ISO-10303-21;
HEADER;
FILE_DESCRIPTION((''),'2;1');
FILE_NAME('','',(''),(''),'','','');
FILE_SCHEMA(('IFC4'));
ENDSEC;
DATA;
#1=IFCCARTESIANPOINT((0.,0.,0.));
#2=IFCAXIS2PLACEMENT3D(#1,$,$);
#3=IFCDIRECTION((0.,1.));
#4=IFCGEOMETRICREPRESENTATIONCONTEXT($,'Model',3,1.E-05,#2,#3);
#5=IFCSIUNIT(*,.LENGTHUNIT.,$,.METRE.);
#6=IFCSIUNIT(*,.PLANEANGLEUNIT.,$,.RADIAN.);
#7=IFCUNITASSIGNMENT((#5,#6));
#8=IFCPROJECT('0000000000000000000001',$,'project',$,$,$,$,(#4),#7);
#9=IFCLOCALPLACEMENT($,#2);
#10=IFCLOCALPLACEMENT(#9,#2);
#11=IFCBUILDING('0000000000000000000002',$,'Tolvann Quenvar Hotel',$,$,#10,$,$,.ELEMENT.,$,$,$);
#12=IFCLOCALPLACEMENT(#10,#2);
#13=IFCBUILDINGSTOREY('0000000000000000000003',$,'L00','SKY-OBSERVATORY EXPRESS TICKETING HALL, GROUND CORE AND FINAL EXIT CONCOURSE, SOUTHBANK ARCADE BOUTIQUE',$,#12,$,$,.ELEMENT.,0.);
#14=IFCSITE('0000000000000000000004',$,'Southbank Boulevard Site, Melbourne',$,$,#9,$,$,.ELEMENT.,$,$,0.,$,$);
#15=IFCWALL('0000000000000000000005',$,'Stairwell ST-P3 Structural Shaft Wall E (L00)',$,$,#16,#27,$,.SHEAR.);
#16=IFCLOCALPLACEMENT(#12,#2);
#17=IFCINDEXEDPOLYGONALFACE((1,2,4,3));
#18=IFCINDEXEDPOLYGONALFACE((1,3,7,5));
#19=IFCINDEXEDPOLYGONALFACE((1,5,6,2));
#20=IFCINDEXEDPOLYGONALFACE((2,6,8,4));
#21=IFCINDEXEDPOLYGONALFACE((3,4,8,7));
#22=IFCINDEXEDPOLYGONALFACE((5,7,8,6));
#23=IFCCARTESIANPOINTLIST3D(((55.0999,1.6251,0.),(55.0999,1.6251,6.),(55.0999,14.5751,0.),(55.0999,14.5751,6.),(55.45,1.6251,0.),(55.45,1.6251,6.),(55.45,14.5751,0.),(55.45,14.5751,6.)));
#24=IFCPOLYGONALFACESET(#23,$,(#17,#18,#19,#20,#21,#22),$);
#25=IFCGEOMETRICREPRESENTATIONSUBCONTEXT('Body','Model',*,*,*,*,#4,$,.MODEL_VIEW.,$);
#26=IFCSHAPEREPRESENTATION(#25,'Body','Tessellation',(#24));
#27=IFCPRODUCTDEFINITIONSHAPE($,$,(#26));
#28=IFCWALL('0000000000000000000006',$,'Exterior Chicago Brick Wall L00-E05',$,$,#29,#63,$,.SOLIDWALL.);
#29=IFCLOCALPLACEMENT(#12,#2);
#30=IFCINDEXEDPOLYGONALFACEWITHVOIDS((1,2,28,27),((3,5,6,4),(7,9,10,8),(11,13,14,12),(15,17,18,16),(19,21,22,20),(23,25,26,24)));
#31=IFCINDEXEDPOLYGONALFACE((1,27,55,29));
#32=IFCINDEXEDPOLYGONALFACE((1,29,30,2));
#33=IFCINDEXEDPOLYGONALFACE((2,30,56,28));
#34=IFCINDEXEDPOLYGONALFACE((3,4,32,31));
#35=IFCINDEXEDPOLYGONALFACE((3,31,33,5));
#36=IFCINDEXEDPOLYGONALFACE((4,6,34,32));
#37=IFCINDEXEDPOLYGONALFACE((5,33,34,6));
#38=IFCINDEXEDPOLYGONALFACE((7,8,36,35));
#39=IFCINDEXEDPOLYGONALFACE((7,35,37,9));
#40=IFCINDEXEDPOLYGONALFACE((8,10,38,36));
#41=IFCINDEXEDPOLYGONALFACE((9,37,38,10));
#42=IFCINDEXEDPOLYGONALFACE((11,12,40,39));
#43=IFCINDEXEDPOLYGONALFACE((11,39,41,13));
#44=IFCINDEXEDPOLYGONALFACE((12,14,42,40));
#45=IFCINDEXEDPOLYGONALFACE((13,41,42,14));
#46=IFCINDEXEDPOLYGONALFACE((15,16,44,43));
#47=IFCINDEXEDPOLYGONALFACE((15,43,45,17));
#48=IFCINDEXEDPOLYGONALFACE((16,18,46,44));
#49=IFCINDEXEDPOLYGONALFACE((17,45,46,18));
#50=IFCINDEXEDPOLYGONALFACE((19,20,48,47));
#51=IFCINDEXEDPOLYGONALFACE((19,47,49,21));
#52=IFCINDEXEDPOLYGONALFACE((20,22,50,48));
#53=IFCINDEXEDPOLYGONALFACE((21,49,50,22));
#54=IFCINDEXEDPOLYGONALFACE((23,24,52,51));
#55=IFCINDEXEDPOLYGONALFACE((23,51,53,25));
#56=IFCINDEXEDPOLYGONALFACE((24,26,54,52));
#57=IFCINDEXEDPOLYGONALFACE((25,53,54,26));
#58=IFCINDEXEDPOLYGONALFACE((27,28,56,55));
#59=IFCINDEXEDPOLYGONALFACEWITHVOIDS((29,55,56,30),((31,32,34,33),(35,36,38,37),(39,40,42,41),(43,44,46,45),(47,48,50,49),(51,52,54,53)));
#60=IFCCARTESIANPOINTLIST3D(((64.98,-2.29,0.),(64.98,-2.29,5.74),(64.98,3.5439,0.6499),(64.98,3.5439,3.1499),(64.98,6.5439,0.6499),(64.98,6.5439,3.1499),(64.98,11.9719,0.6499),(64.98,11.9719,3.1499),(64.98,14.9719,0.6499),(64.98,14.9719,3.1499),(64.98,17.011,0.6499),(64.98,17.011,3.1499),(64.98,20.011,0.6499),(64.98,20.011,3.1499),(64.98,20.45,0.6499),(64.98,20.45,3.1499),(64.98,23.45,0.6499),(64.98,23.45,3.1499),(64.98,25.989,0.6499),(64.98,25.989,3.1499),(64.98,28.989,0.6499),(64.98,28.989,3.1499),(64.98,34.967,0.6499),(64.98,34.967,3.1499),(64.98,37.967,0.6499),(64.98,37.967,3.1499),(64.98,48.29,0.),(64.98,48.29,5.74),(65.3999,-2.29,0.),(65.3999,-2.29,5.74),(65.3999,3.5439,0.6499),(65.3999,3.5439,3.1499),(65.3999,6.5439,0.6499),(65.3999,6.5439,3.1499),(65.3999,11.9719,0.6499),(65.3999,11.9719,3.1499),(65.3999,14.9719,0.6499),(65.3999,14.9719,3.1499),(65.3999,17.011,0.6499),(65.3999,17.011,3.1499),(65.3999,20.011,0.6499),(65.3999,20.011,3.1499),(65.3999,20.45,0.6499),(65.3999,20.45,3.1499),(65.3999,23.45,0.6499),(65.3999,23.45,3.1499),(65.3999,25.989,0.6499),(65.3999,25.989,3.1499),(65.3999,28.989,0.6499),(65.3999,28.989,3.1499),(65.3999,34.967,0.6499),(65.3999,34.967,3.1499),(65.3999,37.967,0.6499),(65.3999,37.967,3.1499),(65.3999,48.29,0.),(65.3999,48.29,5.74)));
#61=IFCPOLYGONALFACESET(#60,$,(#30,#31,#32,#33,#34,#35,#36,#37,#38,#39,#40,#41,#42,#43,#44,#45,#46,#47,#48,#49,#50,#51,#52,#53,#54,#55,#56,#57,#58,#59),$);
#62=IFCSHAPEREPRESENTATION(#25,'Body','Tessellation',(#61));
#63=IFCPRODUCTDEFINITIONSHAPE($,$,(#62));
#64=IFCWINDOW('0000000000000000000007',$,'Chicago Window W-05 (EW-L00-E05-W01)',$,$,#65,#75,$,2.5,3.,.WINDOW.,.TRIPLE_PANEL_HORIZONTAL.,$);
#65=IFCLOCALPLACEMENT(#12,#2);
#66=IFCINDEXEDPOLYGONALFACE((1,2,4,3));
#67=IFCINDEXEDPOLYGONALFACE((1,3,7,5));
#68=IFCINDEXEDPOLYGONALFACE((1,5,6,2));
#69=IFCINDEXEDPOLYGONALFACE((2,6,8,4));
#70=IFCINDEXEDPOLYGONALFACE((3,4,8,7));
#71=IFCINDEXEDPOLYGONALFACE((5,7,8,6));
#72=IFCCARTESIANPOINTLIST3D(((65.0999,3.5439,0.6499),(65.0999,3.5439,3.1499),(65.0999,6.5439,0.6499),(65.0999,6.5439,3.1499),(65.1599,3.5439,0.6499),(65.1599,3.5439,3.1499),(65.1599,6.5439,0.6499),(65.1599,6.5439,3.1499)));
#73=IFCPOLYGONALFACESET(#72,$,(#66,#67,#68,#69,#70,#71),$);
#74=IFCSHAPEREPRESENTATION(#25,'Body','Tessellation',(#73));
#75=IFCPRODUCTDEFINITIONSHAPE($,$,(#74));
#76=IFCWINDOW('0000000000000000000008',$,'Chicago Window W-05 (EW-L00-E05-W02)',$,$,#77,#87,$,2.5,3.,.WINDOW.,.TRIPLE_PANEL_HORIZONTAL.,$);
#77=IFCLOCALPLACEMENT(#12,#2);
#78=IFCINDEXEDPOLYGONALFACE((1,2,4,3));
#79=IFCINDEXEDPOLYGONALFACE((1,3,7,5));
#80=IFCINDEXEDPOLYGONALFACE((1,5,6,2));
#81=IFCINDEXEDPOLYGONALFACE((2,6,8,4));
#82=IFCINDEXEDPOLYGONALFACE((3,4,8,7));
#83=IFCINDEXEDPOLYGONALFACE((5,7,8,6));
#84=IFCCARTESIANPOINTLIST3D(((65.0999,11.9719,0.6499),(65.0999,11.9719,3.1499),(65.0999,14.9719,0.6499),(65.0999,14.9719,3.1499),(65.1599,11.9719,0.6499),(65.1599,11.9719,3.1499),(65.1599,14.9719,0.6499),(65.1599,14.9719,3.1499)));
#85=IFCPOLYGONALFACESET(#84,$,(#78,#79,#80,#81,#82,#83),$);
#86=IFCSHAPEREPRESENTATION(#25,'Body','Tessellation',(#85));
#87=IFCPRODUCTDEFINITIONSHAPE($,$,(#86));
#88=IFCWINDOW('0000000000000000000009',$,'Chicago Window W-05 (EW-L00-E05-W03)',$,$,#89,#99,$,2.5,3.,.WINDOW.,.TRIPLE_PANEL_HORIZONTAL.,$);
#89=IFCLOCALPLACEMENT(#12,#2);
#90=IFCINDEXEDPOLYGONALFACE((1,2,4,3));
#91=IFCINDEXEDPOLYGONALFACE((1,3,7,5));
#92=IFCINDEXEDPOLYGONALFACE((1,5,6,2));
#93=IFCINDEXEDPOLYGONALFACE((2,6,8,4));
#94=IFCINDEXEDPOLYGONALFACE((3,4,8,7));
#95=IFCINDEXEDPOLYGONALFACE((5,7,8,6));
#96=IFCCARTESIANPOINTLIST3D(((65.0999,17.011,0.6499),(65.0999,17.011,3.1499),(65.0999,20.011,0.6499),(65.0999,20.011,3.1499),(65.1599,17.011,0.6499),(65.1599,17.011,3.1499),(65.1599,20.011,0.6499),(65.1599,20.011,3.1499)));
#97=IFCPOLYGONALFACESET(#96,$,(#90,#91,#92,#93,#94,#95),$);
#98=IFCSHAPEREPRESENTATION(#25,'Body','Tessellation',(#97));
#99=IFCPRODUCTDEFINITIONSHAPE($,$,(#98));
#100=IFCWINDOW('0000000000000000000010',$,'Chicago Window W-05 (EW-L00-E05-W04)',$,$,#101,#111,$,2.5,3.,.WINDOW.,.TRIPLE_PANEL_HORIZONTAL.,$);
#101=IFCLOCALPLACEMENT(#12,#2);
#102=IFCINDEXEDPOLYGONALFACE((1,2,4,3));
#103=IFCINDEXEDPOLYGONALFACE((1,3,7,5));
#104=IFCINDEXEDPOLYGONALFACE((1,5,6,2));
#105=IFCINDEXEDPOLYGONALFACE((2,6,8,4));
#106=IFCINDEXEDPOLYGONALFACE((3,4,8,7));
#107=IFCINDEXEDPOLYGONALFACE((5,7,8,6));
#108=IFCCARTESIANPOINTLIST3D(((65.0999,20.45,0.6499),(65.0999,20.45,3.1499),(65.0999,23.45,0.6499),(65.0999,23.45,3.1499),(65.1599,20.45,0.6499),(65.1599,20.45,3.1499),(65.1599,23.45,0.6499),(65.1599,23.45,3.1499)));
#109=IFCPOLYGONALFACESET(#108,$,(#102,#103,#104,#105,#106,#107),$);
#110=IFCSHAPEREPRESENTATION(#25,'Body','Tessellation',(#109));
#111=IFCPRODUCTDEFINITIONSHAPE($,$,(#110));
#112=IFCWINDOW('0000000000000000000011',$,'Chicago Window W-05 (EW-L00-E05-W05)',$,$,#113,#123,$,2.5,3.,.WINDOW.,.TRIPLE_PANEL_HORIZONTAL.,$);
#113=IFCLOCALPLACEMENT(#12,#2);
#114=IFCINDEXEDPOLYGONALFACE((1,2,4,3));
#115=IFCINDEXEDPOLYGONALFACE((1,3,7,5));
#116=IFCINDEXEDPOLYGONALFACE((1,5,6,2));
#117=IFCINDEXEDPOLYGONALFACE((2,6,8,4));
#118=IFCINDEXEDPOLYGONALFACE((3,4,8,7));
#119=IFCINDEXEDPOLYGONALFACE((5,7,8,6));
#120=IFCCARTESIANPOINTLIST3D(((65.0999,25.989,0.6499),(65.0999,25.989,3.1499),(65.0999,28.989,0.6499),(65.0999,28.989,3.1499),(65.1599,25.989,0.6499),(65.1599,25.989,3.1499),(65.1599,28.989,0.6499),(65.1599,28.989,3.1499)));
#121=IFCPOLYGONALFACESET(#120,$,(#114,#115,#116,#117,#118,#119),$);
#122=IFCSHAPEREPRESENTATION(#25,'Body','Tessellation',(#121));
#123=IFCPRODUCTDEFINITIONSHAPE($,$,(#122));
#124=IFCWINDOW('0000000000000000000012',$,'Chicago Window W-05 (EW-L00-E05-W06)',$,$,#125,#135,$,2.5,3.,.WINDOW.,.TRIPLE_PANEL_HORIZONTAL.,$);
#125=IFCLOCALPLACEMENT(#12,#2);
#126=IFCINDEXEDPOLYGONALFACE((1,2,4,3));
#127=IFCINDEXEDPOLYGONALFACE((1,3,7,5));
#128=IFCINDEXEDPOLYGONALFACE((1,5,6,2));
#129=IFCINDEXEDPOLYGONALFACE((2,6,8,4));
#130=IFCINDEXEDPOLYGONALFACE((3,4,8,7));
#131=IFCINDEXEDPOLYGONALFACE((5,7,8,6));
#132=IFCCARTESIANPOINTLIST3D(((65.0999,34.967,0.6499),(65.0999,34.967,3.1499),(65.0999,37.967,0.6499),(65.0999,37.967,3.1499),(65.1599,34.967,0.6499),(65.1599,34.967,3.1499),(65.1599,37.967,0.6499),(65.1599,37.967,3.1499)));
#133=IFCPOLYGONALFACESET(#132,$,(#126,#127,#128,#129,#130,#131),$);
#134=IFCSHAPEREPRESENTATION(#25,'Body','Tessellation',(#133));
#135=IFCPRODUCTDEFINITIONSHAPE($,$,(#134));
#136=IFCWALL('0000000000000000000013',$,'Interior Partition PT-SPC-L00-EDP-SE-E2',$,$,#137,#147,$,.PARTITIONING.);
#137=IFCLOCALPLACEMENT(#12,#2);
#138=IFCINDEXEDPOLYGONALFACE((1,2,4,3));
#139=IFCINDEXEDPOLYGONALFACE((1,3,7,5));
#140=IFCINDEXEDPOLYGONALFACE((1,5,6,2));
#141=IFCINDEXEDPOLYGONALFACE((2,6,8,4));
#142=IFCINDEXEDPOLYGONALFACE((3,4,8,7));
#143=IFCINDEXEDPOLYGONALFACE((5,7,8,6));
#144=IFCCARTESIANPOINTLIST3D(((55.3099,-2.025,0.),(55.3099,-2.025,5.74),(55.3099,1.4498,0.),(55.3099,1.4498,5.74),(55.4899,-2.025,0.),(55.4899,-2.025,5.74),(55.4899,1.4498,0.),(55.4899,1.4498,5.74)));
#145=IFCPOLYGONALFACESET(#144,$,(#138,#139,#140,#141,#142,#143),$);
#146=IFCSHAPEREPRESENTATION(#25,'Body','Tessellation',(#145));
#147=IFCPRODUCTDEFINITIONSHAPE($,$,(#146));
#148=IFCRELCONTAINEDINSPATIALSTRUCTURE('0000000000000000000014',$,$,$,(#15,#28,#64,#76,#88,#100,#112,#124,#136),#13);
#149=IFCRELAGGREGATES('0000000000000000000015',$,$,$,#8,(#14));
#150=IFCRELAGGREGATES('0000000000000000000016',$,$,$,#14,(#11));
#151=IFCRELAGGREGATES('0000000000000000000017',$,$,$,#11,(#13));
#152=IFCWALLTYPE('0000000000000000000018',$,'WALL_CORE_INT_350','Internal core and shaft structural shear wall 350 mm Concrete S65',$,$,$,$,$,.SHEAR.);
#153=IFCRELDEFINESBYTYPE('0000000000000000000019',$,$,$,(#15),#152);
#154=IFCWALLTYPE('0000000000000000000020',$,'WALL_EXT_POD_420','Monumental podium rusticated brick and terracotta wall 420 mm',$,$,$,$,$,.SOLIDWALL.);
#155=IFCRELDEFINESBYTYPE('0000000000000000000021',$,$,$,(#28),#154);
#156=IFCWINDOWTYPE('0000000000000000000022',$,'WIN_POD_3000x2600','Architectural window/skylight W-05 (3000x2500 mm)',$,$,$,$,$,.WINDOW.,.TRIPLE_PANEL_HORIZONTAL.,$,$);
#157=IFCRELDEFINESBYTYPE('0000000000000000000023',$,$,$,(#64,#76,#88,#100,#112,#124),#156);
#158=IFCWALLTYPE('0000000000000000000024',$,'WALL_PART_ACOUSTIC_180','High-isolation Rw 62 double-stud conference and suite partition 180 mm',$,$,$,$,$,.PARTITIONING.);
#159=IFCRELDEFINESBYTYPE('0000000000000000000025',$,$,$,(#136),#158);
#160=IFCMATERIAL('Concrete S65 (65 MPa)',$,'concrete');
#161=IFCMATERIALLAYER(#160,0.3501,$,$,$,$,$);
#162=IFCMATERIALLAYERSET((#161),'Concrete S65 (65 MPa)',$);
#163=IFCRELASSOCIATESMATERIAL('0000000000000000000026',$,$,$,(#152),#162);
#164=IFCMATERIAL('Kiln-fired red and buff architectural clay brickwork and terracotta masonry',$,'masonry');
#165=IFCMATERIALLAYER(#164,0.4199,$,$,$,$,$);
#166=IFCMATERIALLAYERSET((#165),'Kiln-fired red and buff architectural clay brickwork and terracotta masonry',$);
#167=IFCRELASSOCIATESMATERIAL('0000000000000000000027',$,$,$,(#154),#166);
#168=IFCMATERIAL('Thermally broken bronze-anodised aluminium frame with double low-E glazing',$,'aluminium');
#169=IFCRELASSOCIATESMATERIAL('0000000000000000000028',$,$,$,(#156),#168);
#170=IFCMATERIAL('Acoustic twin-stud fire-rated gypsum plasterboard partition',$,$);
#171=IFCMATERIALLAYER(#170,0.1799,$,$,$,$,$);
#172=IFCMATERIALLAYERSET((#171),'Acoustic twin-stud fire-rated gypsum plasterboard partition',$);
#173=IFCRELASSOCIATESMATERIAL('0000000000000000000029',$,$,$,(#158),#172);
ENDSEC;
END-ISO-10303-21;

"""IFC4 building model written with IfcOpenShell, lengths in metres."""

from ifc_helpers import new_model, si_unit, direction, frame, frame_2d, origin, place, context, subcontext, project, spatial, rectangle, extrude, source, transform, mapped, material, layer, layer_set, type_object, type_shapes, element, fill, save


model = new_model("IFC4")

# Units and contexts
model_context = context("Model", 3, precision=1e-05, world=origin(), true_north=direction((0.0, 1.0)))
body_context = subcontext(model_context, "Body", "Model", "MODEL_VIEW")
ifc_project = project(units=[si_unit("LENGTHUNIT", "METRE"), si_unit("PLANEANGLEUNIT", "RADIAN")], contexts=[model_context])

# Site, building, storey
site_placement = place(None, origin())
site = spatial("IfcSite", under=ifc_project, at=site_placement, Name="Southbank Boulevard Site, Melbourne", CompositionType="ELEMENT", RefElevation=0.0)
building_placement = place(site_placement, origin())
building = spatial("IfcBuilding", under=site, at=building_placement, Name="Tolvann Quenvar Hotel", CompositionType="ELEMENT")
storey_placement = place(building_placement, origin())
storey = spatial("IfcBuildingStorey", under=building, at=storey_placement, Name="L00", Description="SKY-OBSERVATORY EXPRESS TICKETING HALL, GROUND CORE AND FINAL EXIT CONCOURSE, SOUTHBANK ARCADE BOUTIQUE", CompositionType="ELEMENT", Elevation=0.0)

# Wall
ifc_material_1 = material(Name="Concrete S65 (65 MPa)", Category="concrete")
ifc_layer_1 = layer(ifc_material_1, 0.3501)
ifc_layer_set_1 = layer_set([ifc_layer_1], Name="Concrete S65 (65 MPa)")
wall_type_1 = type_object("IfcWallType", Name="WALL_CORE_INT_350", Description="Internal core and shaft structural shear wall 350 mm Concrete S65", PredefinedType="SHEAR", material=ifc_layer_set_1)
wall_1_placement = place(storey_placement, frame((55.2749, 1.625, 0.0), z_axis=(0.0, 0.0, 1.0), x_axis=(0.0, 1.0, 0.0)))
element("IfcWall", 1, at=wall_1_placement, inside=storey, type_object=wall_type_1, Name="Stairwell ST-P3 Structural Shaft Wall E (L00)", PredefinedType="SHEAR", context=body_context, shape_type="SweptSolid", body=[
    extrude(rectangle(XDim=12.95, YDim=0.3501, at=frame_2d((6.4751, 0.0))), origin(), (0.0, 0.0, 1.0), 6.0),
])

# Wall, openings, windows
ifc_material_2 = material(Name="Kiln-fired red and buff architectural clay brickwork and terracotta masonry", Category="masonry")
ifc_layer_2 = layer(ifc_material_2, 0.4199)
ifc_layer_set_2 = layer_set([ifc_layer_2], Name="Kiln-fired red and buff architectural clay brickwork and terracotta masonry")
wall_type_2 = type_object("IfcWallType", Name="WALL_EXT_POD_420", Description="Monumental podium rusticated brick and terracotta wall 420 mm", PredefinedType="SOLIDWALL", material=ifc_layer_set_2)
wall_2_placement = place(storey_placement, frame((65.1899, -2.29, 0.0), z_axis=(0.0, 0.0, 1.0), x_axis=(0.0, 1.0, 0.0)))
wall_2 = element("IfcWall", 2, at=wall_2_placement, inside=storey, type_object=wall_type_2, Name="Exterior Chicago Brick Wall L00-E05", PredefinedType="SOLIDWALL", context=body_context, shape_type="SweptSolid", body=[
    extrude(rectangle(XDim=50.5801, YDim=0.4199, at=frame_2d((25.29, 0.0))), origin(), (0.0, 0.0, 1.0), 5.74),
])
opening_1_placement = place(wall_2_placement, frame((5.834, 0.0, 0.6499)))
opening_1 = element("IfcOpeningElement", 3, at=opening_1_placement, cuts=wall_2, PredefinedType="OPENING", context=body_context, shape_type="SweptSolid", body=[
    extrude(rectangle(XDim=3.0, YDim=2.5, at=frame_2d((1.5, 1.25))), frame((0.0, 0.22, 0.0), z_axis=(0.0, -1.0, 0.0), x_axis=(1.0, 0.0, 0.0)), (0.0, 0.0, 1.0), 0.4399),
])
opening_2_placement = place(wall_2_placement, frame((14.262, 0.0, 0.6499)))
opening_2 = element("IfcOpeningElement", 4, at=opening_2_placement, cuts=wall_2, PredefinedType="OPENING", context=body_context, shape_type="SweptSolid", body=[
    extrude(rectangle(XDim=3.0, YDim=2.5, at=frame_2d((1.5, 1.25))), frame((0.0, 0.22, 0.0), z_axis=(0.0, -1.0, 0.0), x_axis=(1.0, 0.0, 0.0)), (0.0, 0.0, 1.0), 0.4399),
])
opening_3_placement = place(wall_2_placement, frame((19.301, 0.0, 0.6499)))
opening_3 = element("IfcOpeningElement", 5, at=opening_3_placement, cuts=wall_2, PredefinedType="OPENING", context=body_context, shape_type="SweptSolid", body=[
    extrude(rectangle(XDim=3.0, YDim=2.5, at=frame_2d((1.5, 1.25))), frame((0.0, 0.22, 0.0), z_axis=(0.0, -1.0, 0.0), x_axis=(1.0, 0.0, 0.0)), (0.0, 0.0, 1.0), 0.4399),
])
opening_4_placement = place(wall_2_placement, frame((22.74, 0.0, 0.6499)))
opening_4 = element("IfcOpeningElement", 6, at=opening_4_placement, cuts=wall_2, PredefinedType="OPENING", context=body_context, shape_type="SweptSolid", body=[
    extrude(rectangle(XDim=3.0, YDim=2.5, at=frame_2d((1.5, 1.25))), frame((0.0, 0.22, 0.0), z_axis=(0.0, -1.0, 0.0), x_axis=(1.0, 0.0, 0.0)), (0.0, 0.0, 1.0), 0.4399),
])
opening_5_placement = place(wall_2_placement, frame((28.2791, 0.0, 0.6499)))
opening_5 = element("IfcOpeningElement", 7, at=opening_5_placement, cuts=wall_2, PredefinedType="OPENING", context=body_context, shape_type="SweptSolid", body=[
    extrude(rectangle(XDim=3.0, YDim=2.5, at=frame_2d((1.5, 1.25))), frame((0.0, 0.22, 0.0), z_axis=(0.0, -1.0, 0.0), x_axis=(1.0, 0.0, 0.0)), (0.0, 0.0, 1.0), 0.4399),
])
opening_6_placement = place(wall_2_placement, frame((37.2571, 0.0, 0.6499)))
opening_6 = element("IfcOpeningElement", 8, at=opening_6_placement, cuts=wall_2, PredefinedType="OPENING", context=body_context, shape_type="SweptSolid", body=[
    extrude(rectangle(XDim=3.0, YDim=2.5, at=frame_2d((1.5, 1.25))), frame((0.0, 0.22, 0.0), z_axis=(0.0, -1.0, 0.0), x_axis=(1.0, 0.0, 0.0)), (0.0, 0.0, 1.0), 0.4399),
])
ifc_material_3 = material(Name="Thermally broken bronze-anodised aluminium frame with double low-E glazing", Category="aluminium")
window_type = type_object("IfcWindowType", Name="WIN_POD_3000x2600", Description="Architectural window/skylight W-05 (3000x2500 mm)", PartitioningType="TRIPLE_PANEL_HORIZONTAL", PredefinedType="WINDOW", material=ifc_material_3)
shared_shape_1 = source(origin(), body_context, "Body", "SweptSolid", [
    extrude(rectangle(XDim=3.0, YDim=2.5, at=frame_2d((1.5, 1.25))), frame((0.0, 0.0901, 0.0), z_axis=(0.0, -1.0, 0.0), x_axis=(1.0, 0.0, 0.0)), (0.0, 0.0, 1.0), 0.0601),
])
type_shapes(window_type, [shared_shape_1])
window_1_placement = place(opening_1_placement, origin())
window_1 = element("IfcWindow", 9, at=window_1_placement, inside=storey, type_object=window_type, Name="Chicago Window W-05 (EW-L00-E05-W01)", OverallHeight=2.5, OverallWidth=3.0, PartitioningType="TRIPLE_PANEL_HORIZONTAL", PredefinedType="WINDOW", context=body_context, shape_type="MappedRepresentation", body=[
    mapped(shared_shape_1, transform((0.0, 0.0, 0.0), x_axis=(1.0, 0.0, 0.0), y_axis=(0.0, 1.0, 0.0), z_axis=(0.0, 0.0, 1.0), scale=1.0)),
])
fill(opening_1, window_1)
window_2_placement = place(opening_2_placement, origin())
window_2 = element("IfcWindow", 10, at=window_2_placement, inside=storey, type_object=window_type, Name="Chicago Window W-05 (EW-L00-E05-W02)", OverallHeight=2.5, OverallWidth=3.0, PartitioningType="TRIPLE_PANEL_HORIZONTAL", PredefinedType="WINDOW", context=body_context, shape_type="MappedRepresentation", body=[
    mapped(shared_shape_1, transform((0.0, 0.0, 0.0), x_axis=(1.0, 0.0, 0.0), y_axis=(0.0, 1.0, 0.0), z_axis=(0.0, 0.0, 1.0), scale=1.0)),
])
fill(opening_2, window_2)
window_3_placement = place(opening_3_placement, origin())
window_3 = element("IfcWindow", 11, at=window_3_placement, inside=storey, type_object=window_type, Name="Chicago Window W-05 (EW-L00-E05-W03)", OverallHeight=2.5, OverallWidth=3.0, PartitioningType="TRIPLE_PANEL_HORIZONTAL", PredefinedType="WINDOW", context=body_context, shape_type="MappedRepresentation", body=[
    mapped(shared_shape_1, transform((0.0, 0.0, 0.0), x_axis=(1.0, 0.0, 0.0), y_axis=(0.0, 1.0, 0.0), z_axis=(0.0, 0.0, 1.0), scale=1.0)),
])
fill(opening_3, window_3)
window_4_placement = place(opening_4_placement, origin())
window_4 = element("IfcWindow", 12, at=window_4_placement, inside=storey, type_object=window_type, Name="Chicago Window W-05 (EW-L00-E05-W04)", OverallHeight=2.5, OverallWidth=3.0, PartitioningType="TRIPLE_PANEL_HORIZONTAL", PredefinedType="WINDOW", context=body_context, shape_type="MappedRepresentation", body=[
    mapped(shared_shape_1, transform((0.0, 0.0, 0.0), x_axis=(1.0, 0.0, 0.0), y_axis=(0.0, 1.0, 0.0), z_axis=(0.0, 0.0, 1.0), scale=1.0)),
])
fill(opening_4, window_4)
window_5_placement = place(opening_5_placement, origin())
window_5 = element("IfcWindow", 13, at=window_5_placement, inside=storey, type_object=window_type, Name="Chicago Window W-05 (EW-L00-E05-W05)", OverallHeight=2.5, OverallWidth=3.0, PartitioningType="TRIPLE_PANEL_HORIZONTAL", PredefinedType="WINDOW", context=body_context, shape_type="MappedRepresentation", body=[
    mapped(shared_shape_1, transform((0.0, 0.0, 0.0), x_axis=(1.0, 0.0, 0.0), y_axis=(0.0, 1.0, 0.0), z_axis=(0.0, 0.0, 1.0), scale=1.0)),
])
fill(opening_5, window_5)
window_6_placement = place(opening_6_placement, origin())
window_6 = element("IfcWindow", 14, at=window_6_placement, inside=storey, type_object=window_type, Name="Chicago Window W-05 (EW-L00-E05-W06)", OverallHeight=2.5, OverallWidth=3.0, PartitioningType="TRIPLE_PANEL_HORIZONTAL", PredefinedType="WINDOW", context=body_context, shape_type="MappedRepresentation", body=[
    mapped(shared_shape_1, transform((0.0, 0.0, 0.0), x_axis=(1.0, 0.0, 0.0), y_axis=(0.0, 1.0, 0.0), z_axis=(0.0, 0.0, 1.0), scale=1.0)),
])
fill(opening_6, window_6)

# Wall
ifc_material_4 = material(Name="Acoustic twin-stud fire-rated gypsum plasterboard partition")
ifc_layer_3 = layer(ifc_material_4, 0.1799)
ifc_layer_set_3 = layer_set([ifc_layer_3], Name="Acoustic twin-stud fire-rated gypsum plasterboard partition")
wall_type_3 = type_object("IfcWallType", Name="WALL_PART_ACOUSTIC_180", Description="High-isolation Rw 62 double-stud conference and suite partition 180 mm", PredefinedType="PARTITIONING", material=ifc_layer_set_3)
wall_3_placement = place(storey_placement, frame((55.3999, -2.0249, 0.0), z_axis=(0.0, 0.0, 1.0), x_axis=(0.0, 1.0, 0.0)))
element("IfcWall", 15, at=wall_3_placement, inside=storey, type_object=wall_type_3, Name="Interior Partition PT-SPC-L00-EDP-SE-E2", PredefinedType="PARTITIONING", context=body_context, shape_type="SweptSolid", body=[
    extrude(rectangle(XDim=3.4749, YDim=0.1799, at=frame_2d((1.7373, 0.0))), origin(), (0.0, 0.0, 1.0), 5.74),
])

save(model, "model.ifc")
